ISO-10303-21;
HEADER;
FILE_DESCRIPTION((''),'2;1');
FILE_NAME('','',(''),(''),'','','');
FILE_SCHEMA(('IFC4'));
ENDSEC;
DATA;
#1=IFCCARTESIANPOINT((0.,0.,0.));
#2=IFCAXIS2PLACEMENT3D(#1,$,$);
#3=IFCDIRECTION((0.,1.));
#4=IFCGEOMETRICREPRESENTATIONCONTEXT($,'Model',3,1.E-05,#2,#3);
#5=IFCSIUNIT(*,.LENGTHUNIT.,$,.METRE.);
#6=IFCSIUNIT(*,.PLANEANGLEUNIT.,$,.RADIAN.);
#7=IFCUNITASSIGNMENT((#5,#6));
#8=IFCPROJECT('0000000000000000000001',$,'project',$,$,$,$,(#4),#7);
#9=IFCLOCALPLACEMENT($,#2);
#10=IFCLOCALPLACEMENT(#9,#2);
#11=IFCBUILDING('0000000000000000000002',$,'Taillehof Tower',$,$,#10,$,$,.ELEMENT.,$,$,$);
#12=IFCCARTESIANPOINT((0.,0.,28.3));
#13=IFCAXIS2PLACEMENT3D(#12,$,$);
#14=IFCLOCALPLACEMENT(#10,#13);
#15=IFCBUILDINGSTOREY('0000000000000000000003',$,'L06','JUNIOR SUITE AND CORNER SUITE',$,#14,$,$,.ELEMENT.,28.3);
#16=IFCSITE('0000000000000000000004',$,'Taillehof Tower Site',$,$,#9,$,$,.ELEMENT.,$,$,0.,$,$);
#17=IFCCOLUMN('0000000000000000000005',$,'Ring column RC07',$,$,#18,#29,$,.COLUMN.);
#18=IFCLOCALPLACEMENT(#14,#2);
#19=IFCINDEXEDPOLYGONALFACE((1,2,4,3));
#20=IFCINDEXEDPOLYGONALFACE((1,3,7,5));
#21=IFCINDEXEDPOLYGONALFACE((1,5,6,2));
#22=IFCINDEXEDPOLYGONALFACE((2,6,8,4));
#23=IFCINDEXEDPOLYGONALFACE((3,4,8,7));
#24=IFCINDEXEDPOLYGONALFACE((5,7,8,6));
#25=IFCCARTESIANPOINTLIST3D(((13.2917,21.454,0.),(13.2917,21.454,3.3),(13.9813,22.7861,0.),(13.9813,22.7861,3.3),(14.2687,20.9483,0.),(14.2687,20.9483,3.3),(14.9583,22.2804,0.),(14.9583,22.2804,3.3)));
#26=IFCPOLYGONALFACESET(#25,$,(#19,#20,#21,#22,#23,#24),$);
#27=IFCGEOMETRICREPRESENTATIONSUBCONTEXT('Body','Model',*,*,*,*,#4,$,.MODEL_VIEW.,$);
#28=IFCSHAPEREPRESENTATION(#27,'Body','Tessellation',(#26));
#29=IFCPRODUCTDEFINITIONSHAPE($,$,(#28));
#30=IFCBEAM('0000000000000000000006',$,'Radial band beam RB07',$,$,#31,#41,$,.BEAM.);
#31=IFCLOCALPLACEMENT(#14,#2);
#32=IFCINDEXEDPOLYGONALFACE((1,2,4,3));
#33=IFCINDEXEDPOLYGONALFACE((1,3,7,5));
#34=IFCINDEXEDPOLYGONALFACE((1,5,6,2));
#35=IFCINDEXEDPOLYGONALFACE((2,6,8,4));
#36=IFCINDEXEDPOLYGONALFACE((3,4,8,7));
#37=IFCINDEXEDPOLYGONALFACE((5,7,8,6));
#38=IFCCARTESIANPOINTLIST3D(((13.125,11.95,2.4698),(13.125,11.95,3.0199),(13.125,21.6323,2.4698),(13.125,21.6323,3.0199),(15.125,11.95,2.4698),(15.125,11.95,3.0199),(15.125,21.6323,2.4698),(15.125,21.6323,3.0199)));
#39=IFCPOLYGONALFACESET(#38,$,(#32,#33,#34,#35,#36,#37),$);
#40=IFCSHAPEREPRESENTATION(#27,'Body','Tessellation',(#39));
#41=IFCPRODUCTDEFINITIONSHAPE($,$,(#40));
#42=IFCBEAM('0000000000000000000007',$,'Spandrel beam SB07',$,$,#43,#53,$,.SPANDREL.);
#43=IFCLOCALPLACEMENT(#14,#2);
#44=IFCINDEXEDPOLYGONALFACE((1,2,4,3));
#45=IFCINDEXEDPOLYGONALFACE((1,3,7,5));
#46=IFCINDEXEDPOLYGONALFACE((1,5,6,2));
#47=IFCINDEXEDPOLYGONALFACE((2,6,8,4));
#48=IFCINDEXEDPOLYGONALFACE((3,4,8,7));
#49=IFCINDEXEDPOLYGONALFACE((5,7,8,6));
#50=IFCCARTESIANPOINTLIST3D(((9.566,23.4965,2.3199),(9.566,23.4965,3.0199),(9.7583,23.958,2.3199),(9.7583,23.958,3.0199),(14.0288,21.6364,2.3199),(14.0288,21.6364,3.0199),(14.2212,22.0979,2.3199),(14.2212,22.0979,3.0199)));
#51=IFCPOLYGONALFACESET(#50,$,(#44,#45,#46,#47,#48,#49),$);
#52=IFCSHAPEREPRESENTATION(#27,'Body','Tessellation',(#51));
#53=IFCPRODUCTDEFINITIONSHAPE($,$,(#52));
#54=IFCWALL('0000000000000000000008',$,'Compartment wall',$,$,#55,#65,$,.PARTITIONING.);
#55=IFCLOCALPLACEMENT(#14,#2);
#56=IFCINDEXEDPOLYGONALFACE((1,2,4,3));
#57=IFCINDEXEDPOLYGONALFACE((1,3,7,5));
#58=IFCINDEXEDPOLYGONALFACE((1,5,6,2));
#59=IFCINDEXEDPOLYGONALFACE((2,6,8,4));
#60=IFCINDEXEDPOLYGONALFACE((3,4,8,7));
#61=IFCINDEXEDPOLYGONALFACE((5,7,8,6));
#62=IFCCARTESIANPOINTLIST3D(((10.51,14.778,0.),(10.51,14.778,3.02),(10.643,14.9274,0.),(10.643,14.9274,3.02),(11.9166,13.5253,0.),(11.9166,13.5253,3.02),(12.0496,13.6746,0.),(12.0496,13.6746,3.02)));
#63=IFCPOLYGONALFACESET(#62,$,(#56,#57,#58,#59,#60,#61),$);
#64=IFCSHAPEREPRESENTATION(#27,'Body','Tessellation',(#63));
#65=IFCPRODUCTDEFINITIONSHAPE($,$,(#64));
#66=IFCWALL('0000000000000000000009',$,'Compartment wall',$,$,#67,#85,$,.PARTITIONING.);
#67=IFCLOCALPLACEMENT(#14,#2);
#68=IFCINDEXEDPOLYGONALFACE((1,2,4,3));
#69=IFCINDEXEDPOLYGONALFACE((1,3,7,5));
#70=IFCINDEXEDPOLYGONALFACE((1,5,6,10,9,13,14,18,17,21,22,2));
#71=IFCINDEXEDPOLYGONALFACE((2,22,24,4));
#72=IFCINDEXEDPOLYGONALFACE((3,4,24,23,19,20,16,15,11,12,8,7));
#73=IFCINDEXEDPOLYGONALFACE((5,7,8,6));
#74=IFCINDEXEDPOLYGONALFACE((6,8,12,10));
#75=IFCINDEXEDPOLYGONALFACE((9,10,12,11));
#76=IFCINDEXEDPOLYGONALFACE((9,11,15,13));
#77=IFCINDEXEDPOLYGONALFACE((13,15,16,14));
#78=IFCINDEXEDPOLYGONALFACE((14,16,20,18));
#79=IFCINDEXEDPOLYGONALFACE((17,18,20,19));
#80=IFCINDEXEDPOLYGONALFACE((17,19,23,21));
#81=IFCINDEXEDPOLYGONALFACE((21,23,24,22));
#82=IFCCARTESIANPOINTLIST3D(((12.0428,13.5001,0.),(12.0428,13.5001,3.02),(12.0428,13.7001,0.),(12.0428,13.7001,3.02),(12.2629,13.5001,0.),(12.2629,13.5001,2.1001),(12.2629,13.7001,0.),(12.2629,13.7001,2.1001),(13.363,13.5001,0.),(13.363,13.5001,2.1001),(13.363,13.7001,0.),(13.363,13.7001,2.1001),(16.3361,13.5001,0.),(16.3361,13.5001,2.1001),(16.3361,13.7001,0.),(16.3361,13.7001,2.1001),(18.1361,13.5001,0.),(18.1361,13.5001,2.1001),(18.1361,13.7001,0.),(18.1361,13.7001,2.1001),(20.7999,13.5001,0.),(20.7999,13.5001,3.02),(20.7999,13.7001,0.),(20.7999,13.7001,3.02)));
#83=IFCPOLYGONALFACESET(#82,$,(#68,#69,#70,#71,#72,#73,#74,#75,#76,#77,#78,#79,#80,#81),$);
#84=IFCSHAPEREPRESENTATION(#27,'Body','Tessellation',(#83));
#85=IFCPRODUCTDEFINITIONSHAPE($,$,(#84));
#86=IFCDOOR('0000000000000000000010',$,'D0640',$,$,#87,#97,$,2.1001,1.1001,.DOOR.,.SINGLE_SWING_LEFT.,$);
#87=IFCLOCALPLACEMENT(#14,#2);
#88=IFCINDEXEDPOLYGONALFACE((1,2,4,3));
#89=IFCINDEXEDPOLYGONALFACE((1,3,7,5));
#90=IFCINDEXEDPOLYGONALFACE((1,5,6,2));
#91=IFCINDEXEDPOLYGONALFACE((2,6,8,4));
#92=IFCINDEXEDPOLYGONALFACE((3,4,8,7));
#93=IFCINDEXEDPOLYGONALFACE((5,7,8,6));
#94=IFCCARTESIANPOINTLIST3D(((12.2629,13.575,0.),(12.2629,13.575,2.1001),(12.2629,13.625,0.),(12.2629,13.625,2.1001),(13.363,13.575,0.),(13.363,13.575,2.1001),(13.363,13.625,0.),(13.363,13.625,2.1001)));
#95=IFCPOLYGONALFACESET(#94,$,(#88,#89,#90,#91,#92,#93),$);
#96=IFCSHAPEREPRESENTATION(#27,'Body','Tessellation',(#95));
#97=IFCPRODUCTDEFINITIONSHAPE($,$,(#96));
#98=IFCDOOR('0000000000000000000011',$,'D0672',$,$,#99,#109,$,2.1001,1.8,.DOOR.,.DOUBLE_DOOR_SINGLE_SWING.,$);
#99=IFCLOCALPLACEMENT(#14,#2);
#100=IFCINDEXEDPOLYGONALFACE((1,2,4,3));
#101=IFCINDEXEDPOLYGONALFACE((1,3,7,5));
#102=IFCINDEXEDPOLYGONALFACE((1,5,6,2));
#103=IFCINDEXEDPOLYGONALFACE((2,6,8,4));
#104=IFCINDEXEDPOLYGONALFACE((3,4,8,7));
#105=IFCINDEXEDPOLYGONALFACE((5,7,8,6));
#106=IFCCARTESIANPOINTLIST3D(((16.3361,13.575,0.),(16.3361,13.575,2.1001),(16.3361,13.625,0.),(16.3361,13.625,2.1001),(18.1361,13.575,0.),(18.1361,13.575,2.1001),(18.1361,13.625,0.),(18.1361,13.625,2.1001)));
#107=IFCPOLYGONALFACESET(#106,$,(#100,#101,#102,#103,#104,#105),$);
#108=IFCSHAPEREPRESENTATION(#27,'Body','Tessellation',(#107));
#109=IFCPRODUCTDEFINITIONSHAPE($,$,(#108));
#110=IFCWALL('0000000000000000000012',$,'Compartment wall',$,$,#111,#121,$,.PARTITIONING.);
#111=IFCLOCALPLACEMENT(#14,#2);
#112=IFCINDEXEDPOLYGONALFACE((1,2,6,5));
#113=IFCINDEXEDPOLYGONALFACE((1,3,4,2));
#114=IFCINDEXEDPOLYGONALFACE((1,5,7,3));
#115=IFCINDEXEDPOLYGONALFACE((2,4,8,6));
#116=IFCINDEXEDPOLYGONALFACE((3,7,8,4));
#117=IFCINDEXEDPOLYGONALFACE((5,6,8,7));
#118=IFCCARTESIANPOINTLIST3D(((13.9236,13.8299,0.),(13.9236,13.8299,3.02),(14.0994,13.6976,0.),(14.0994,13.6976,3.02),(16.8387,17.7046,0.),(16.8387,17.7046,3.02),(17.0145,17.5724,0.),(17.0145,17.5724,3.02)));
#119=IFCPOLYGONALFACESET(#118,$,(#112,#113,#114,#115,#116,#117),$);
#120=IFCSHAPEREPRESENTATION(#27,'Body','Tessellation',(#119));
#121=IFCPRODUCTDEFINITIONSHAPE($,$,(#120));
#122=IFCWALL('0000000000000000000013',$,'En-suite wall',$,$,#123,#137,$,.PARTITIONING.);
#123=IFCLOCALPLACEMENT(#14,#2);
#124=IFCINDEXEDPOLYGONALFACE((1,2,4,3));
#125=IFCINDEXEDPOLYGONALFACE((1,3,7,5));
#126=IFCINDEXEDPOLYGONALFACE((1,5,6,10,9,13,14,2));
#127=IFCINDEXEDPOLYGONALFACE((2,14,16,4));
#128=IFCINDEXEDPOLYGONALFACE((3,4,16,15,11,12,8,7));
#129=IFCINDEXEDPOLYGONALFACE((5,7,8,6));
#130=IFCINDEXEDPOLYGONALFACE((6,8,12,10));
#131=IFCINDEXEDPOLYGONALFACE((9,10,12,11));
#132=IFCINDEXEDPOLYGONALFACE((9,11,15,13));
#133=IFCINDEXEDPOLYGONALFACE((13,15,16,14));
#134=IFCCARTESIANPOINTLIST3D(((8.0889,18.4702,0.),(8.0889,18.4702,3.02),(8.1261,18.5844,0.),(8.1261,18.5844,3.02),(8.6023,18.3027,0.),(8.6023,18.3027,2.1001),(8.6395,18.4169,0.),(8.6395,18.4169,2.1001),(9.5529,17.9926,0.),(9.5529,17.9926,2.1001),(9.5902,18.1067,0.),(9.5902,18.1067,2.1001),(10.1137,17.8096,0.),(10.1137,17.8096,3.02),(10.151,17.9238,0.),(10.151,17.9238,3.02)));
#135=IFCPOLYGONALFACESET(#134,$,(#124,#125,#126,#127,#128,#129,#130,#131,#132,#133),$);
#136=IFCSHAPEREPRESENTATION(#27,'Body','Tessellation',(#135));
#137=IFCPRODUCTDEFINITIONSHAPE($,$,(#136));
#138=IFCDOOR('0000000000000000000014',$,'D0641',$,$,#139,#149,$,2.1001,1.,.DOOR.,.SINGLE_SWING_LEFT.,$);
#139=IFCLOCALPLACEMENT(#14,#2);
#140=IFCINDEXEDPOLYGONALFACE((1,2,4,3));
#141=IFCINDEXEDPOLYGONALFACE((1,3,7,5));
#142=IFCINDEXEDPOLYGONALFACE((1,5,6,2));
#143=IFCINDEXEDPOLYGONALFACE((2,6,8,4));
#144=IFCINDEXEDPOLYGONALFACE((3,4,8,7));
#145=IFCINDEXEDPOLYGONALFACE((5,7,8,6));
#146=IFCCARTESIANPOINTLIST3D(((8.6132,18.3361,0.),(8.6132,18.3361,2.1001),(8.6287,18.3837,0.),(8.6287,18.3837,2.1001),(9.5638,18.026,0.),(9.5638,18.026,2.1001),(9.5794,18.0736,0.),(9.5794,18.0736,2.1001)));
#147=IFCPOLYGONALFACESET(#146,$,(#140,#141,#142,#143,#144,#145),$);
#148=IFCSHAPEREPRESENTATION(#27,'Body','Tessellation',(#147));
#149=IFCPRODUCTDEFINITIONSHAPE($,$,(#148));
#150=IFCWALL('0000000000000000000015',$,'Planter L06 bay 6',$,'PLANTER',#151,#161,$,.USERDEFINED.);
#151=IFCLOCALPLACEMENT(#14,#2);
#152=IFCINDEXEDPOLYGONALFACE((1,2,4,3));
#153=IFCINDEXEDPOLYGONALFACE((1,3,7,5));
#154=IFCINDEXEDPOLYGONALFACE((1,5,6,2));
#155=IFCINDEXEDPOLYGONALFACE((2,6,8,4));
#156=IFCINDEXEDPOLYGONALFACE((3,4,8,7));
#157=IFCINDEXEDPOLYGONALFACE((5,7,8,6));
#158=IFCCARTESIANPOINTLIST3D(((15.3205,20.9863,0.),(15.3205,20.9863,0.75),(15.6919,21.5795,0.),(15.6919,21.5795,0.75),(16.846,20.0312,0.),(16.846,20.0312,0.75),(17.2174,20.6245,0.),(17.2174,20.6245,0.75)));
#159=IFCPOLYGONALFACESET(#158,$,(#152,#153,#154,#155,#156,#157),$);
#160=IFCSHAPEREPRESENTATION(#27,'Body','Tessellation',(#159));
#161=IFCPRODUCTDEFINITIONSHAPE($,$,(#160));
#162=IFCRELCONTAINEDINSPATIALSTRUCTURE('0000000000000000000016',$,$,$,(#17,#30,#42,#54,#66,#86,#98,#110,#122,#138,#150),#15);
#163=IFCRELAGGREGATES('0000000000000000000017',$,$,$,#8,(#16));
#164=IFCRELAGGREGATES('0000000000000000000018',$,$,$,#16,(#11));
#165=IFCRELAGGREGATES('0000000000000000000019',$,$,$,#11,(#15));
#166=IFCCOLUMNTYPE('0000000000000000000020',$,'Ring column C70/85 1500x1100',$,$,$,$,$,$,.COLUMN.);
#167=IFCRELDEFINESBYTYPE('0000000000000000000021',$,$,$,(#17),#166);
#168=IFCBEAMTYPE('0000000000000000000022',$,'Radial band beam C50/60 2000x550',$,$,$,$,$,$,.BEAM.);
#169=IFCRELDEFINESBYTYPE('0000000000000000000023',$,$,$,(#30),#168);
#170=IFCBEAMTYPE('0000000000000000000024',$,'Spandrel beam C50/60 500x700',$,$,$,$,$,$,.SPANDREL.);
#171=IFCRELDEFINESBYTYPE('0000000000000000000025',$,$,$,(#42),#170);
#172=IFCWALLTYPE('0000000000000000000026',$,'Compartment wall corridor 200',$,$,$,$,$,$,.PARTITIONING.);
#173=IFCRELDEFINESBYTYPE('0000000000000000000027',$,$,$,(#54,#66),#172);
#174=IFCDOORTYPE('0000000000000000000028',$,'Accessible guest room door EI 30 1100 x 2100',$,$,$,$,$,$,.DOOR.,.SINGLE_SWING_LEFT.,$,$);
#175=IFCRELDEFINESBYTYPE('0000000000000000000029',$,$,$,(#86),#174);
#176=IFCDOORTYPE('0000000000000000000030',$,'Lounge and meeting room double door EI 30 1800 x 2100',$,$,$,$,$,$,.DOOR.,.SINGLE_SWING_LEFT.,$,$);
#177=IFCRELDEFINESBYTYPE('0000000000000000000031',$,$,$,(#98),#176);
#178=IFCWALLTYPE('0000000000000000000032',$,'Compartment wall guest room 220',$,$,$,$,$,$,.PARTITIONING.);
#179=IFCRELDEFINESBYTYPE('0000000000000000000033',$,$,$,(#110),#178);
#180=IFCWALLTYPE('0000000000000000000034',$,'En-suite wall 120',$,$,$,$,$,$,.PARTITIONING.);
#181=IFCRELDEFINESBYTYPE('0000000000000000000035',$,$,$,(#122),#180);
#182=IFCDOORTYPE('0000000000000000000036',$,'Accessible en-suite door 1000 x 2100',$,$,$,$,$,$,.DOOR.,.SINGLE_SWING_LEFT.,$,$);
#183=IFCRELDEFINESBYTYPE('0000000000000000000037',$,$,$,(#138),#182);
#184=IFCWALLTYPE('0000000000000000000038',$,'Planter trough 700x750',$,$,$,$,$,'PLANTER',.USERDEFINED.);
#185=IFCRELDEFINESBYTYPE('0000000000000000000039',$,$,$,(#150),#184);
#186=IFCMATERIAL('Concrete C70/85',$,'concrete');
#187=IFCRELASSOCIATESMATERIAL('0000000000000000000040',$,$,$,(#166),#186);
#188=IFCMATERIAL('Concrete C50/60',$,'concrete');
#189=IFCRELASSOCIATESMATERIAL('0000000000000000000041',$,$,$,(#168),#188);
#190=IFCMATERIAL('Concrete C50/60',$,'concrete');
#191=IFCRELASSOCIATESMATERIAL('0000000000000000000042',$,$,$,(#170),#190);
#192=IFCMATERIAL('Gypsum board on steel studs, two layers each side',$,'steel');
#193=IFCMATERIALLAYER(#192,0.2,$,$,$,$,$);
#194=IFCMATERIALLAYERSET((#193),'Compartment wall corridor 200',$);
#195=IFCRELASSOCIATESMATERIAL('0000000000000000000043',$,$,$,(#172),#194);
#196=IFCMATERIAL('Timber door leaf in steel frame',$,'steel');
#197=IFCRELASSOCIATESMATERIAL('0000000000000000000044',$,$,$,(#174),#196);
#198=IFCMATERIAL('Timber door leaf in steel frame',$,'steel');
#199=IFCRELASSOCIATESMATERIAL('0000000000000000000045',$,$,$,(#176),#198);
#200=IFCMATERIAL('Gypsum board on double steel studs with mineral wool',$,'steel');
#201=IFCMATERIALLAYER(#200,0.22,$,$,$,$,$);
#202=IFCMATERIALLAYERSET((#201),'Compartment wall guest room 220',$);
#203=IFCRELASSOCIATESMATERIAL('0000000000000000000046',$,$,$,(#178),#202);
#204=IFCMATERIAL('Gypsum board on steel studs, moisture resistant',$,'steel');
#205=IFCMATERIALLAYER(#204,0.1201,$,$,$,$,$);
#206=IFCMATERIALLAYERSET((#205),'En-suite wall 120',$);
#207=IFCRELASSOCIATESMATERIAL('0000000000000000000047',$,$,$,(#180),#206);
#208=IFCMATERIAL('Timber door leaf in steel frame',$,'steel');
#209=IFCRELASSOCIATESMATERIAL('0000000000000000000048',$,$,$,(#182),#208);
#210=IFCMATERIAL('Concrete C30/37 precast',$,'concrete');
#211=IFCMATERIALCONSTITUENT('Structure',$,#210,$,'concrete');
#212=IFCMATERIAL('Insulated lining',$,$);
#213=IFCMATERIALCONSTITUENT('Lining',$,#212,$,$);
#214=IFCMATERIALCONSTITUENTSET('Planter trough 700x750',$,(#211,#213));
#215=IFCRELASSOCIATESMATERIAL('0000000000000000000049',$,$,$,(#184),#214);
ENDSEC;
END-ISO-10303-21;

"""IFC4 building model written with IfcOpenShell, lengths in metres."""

from ifc_helpers import new_model, si_unit, direction, frame, frame_2d, origin, origin_2d, place, context, subcontext, project, spatial, rectangle, extrude, material, layer, layer_set, constituent, constituent_set, material_profile, profile_set, type_object, element, fill, save


model = new_model("IFC4")

# Units and contexts
model_context = context("Model", 3, precision=1e-05, world=origin(), true_north=direction((0.0, 1.0)))
body_context = subcontext(model_context, "Body", "Model", "MODEL_VIEW")
ifc_project = project(units=[si_unit("LENGTHUNIT", "METRE"), si_unit("PLANEANGLEUNIT", "RADIAN")], contexts=[model_context])

# Site, building, storey
site_placement = place(None, origin())
site = spatial("IfcSite", under=ifc_project, at=site_placement, Name="Taillehof Tower Site", CompositionType="ELEMENT", RefElevation=0.0)
building_placement = place(site_placement, origin())
building = spatial("IfcBuilding", under=site, at=building_placement, Name="Taillehof Tower", CompositionType="ELEMENT")
storey_placement = place(building_placement, frame((0.0, 0.0, 28.3)))
storey = spatial("IfcBuildingStorey", under=building, at=storey_placement, Name="L06", Description="JUNIOR SUITE AND CORNER SUITE", CompositionType="ELEMENT", Elevation=28.3)

# Column
ifc_material_1 = material(Name="Concrete C70/85", Category="concrete")
ifc_material_profile_1 = material_profile(ifc_material_1, rectangle(XDim=1.5, YDim=1.1001, at=origin_2d()), Name="RC 1500x1100")
ifc_profile_set_1 = profile_set([ifc_material_profile_1], Name="Concrete C70/85")
column_type = type_object("IfcColumnType", Name="Ring column C70/85 1500x1100", PredefinedType="COLUMN", material=ifc_profile_set_1)
column_placement = place(storey_placement, frame((14.125, 21.8672, 0.0), z_axis=(0.0, 0.0, 1.0), x_axis=(0.459691, 0.888079, 0.0)))
element("IfcColumn", 1, at=column_placement, inside=storey, type_object=column_type, Name="Ring column RC07", PredefinedType="COLUMN", context=body_context, shape_type="SweptSolid", body=[
    extrude(rectangle(XDim=1.5, YDim=1.1001, at=origin_2d()), origin(), (0.0, 0.0, 1.0), 3.3),
])

# Beams
ifc_material_2 = material(Name="Concrete C50/60", Category="concrete")
ifc_material_profile_2 = material_profile(ifc_material_2, rectangle(XDim=2.0, YDim=0.55, at=origin_2d()), Name="RC 2000x550")
ifc_profile_set_2 = profile_set([ifc_material_profile_2], Name="Concrete C50/60")
beam_type_1 = type_object("IfcBeamType", Name="Radial band beam C50/60 2000x550", PredefinedType="BEAM", material=ifc_profile_set_2)
beam_1_placement = place(storey_placement, frame((14.125, 21.6323, 2.7449), z_axis=(0.0, -1.0, 0.0), x_axis=(1.0, 0.0, 0.0)))
element("IfcBeam", 2, at=beam_1_placement, inside=storey, type_object=beam_type_1, Name="Radial band beam RB07", PredefinedType="BEAM", context=body_context, shape_type="SweptSolid", body=[
    extrude(rectangle(XDim=2.0, YDim=0.55, at=origin_2d()), origin(), (0.0, 0.0, 1.0), 9.6824),
])
ifc_material_3 = material(Name="Concrete C50/60", Category="concrete")
ifc_material_profile_3 = material_profile(ifc_material_3, rectangle(XDim=0.5, YDim=0.7, at=origin_2d()), Name="RC 500x700")
ifc_profile_set_3 = profile_set([ifc_material_profile_3], Name="Concrete C50/60")
beam_type_2 = type_object("IfcBeamType", Name="Spandrel beam C50/60 500x700", PredefinedType="SPANDREL", material=ifc_profile_set_3)
beam_2_placement = place(storey_placement, frame((14.125, 21.8672, 2.6699), z_axis=(-0.923035, 0.384716, 0.0), x_axis=(-0.384716, -0.923035, 0.0)))
element("IfcBeam", 3, at=beam_2_placement, inside=storey, type_object=beam_type_2, Name="Spandrel beam SB07", PredefinedType="SPANDREL", context=body_context, shape_type="SweptSolid", body=[
    extrude(rectangle(XDim=0.5, YDim=0.7, at=origin_2d()), origin(), (0.0, 0.0, 1.0), 4.835),
])

# Wall
ifc_material_4 = material(Name="Gypsum board on steel studs, two layers each side", Category="steel")
ifc_layer_1 = layer(ifc_material_4, 0.2)
ifc_layer_set_1 = layer_set([ifc_layer_1], Name="Compartment wall corridor 200")
wall_type_1 = type_object("IfcWallType", Name="Compartment wall corridor 200", PredefinedType="PARTITIONING", material=ifc_layer_set_1)
wall_1_placement = place(storey_placement, frame((10.5764, 14.8528, 0.0), z_axis=(0.0, 0.0, 1.0), x_axis=(0.746758, -0.665096, 0.0)))
element("IfcWall", 4, at=wall_1_placement, inside=storey, type_object=wall_type_1, Name="Compartment wall", PredefinedType="PARTITIONING", context=body_context, shape_type="SweptSolid", body=[
    extrude(rectangle(XDim=1.8835, YDim=0.2, at=frame_2d((0.9419, 0.0))), origin(), (0.0, 0.0, 1.0), 3.02),
])

# Wall, openings, doors
wall_2_placement = place(storey_placement, frame((12.043, 13.6001, 0.0), z_axis=(0.0, 0.0, 1.0), x_axis=(1.0, 0.0, 0.0)))
wall_2 = element("IfcWall", 5, at=wall_2_placement, inside=storey, type_object=wall_type_1, Name="Compartment wall", PredefinedType="PARTITIONING", context=body_context, shape_type="SweptSolid", body=[
    extrude(rectangle(XDim=8.7571, YDim=0.2, at=frame_2d((4.3784, 0.0))), origin(), (0.0, 0.0, 1.0), 3.02),
])
opening_1_placement = place(wall_2_placement, frame((0.22, 0.0, 0.0)))
opening_1 = element("IfcOpeningElement", 6, at=opening_1_placement, cuts=wall_2, PredefinedType="OPENING", context=body_context, shape_type="SweptSolid", body=[
    extrude(rectangle(XDim=1.1001, YDim=2.1001, at=frame_2d((0.55, 1.05))), frame((0.0, 0.1099, 0.0), z_axis=(0.0, -1.0, 0.0), x_axis=(1.0, 0.0, 0.0)), (0.0, 0.0, 1.0), 0.22),
])
opening_2_placement = place(wall_2_placement, frame((4.2932, 0.0, 0.0)))
opening_2 = element("IfcOpeningElement", 7, at=opening_2_placement, cuts=wall_2, PredefinedType="OPENING", context=body_context, shape_type="SweptSolid", body=[
    extrude(rectangle(XDim=1.8, YDim=2.1001, at=frame_2d((0.8999, 1.05))), frame((0.0, 0.1099, 0.0), z_axis=(0.0, -1.0, 0.0), x_axis=(1.0, 0.0, 0.0)), (0.0, 0.0, 1.0), 0.22),
])
ifc_material_5 = material(Name="Timber door leaf in steel frame", Category="steel")
door_type_1 = type_object("IfcDoorType", Name="Accessible guest room door EI 30 1100 x 2100", OperationType="SINGLE_SWING_LEFT", PredefinedType="DOOR", material=ifc_material_5)
door_1_placement = place(opening_1_placement, origin())
door_1 = element("IfcDoor", 8, at=door_1_placement, inside=storey, type_object=door_type_1, Name="D0640", OperationType="SINGLE_SWING_LEFT", OverallHeight=2.1001, OverallWidth=1.1001, PredefinedType="DOOR", context=body_context, shape_type="SweptSolid", body=[
    extrude(rectangle(XDim=1.1001, YDim=2.1001, at=frame_2d((0.55, 1.05))), frame((0.0, 0.0249, 0.0), z_axis=(0.0, -1.0, 0.0), x_axis=(1.0, 0.0, 0.0)), (0.0, 0.0, 1.0), 0.05),
])
fill(opening_1, door_1)
ifc_material_6 = material(Name="Timber door leaf in steel frame", Category="steel")
door_type_2 = type_object("IfcDoorType", Name="Lounge and meeting room double door EI 30 1800 x 2100", OperationType="SINGLE_SWING_LEFT", PredefinedType="DOOR", material=ifc_material_6)
door_2_placement = place(opening_2_placement, origin())
door_2 = element("IfcDoor", 9, at=door_2_placement, inside=storey, type_object=door_type_2, Name="D0672", OperationType="DOUBLE_DOOR_SINGLE_SWING", OverallHeight=2.1001, OverallWidth=1.8, PredefinedType="DOOR", context=body_context, shape_type="SweptSolid", body=[
    extrude(rectangle(XDim=1.8, YDim=2.1001, at=frame_2d((0.8999, 1.05))), frame((0.0, 0.0249, 0.0), z_axis=(0.0, -1.0, 0.0), x_axis=(1.0, 0.0, 0.0)), (0.0, 0.0, 1.0), 0.05),
])
fill(opening_2, door_2)

# Wall
ifc_material_7 = material(Name="Gypsum board on double steel studs with mineral wool", Category="steel")
ifc_layer_2 = layer(ifc_material_7, 0.22)
ifc_layer_set_2 = layer_set([ifc_layer_2], Name="Compartment wall guest room 220")
wall_type_2 = type_object("IfcWallType", Name="Compartment wall guest room 220", PredefinedType="PARTITIONING", material=ifc_layer_set_2)
wall_3_placement = place(storey_placement, frame((16.9265, 17.6384, 0.0), z_axis=(0.0, 0.0, 1.0), x_axis=(-0.601184, -0.799111, 0.0)))
element("IfcWall", 10, at=wall_3_placement, inside=storey, type_object=wall_type_2, Name="Compartment wall", PredefinedType="PARTITIONING", context=body_context, shape_type="SweptSolid", body=[
    extrude(rectangle(XDim=4.8489, YDim=0.22, at=frame_2d((2.4243, 0.0))), origin(), (0.0, 0.0, 1.0), 3.02),
])

# Wall, opening, door
ifc_material_8 = material(Name="Gypsum board on steel studs, moisture resistant", Category="steel")
ifc_layer_3 = layer(ifc_material_8, 0.1201)
ifc_layer_set_3 = layer_set([ifc_layer_3], Name="En-suite wall 120")
wall_type_3 = type_object("IfcWallType", Name="En-suite wall 120", PredefinedType="PARTITIONING", material=ifc_layer_set_3)
wall_4_placement = place(storey_placement, frame((10.1323, 17.8667, 0.0), z_axis=(0.0, 0.0, 1.0), x_axis=(-0.950681, 0.310169, 0.0)))
wall_4 = element("IfcWall", 11, at=wall_4_placement, inside=storey, type_object=wall_type_3, Name="En-suite wall", PredefinedType="PARTITIONING", context=body_context, shape_type="SweptSolid", body=[
    extrude(rectangle(XDim=2.1299, YDim=0.1201, at=frame_2d((1.0649, 0.0))), origin(), (0.0, 0.0, 1.0), 3.02),
])
opening_3_placement = place(wall_4_placement, frame((0.5898, 0.0, 0.0)))
opening_3 = element("IfcOpeningElement", 12, at=opening_3_placement, cuts=wall_4, PredefinedType="OPENING", context=body_context, shape_type="SweptSolid", body=[
    extrude(rectangle(XDim=1.0, YDim=2.1001, at=frame_2d((0.5, 1.05))), frame((0.0, 0.0701, 0.0), z_axis=(0.0, -1.0, 0.0), x_axis=(1.0, 0.0, 0.0)), (0.0, 0.0, 1.0), 0.1401),
])
ifc_material_9 = material(Name="Timber door leaf in steel frame", Category="steel")
door_type_3 = type_object("IfcDoorType", Name="Accessible en-suite door 1000 x 2100", OperationType="SINGLE_SWING_LEFT", PredefinedType="DOOR", material=ifc_material_9)
door_3_placement = place(opening_3_placement, origin())
door_3 = element("IfcDoor", 13, at=door_3_placement, inside=storey, type_object=door_type_3, Name="D0641", OperationType="SINGLE_SWING_LEFT", OverallHeight=2.1001, OverallWidth=1.0, PredefinedType="DOOR", context=body_context, shape_type="SweptSolid", body=[
    extrude(rectangle(XDim=1.0, YDim=2.1001, at=frame_2d((0.5, 1.05))), frame((0.0, 0.0249, 0.0), z_axis=(0.0, -1.0, 0.0), x_axis=(1.0, 0.0, 0.0)), (0.0, 0.0, 1.0), 0.05),
])
fill(opening_3, door_3)

# Wall
ifc_material_10 = material(Name="Concrete C30/37 precast", Category="concrete")
ifc_constituent_1 = constituent(ifc_material_10, Name="Structure", Category="concrete")
ifc_material_11 = material(Name="Insulated lining")
ifc_constituent_2 = constituent(ifc_material_11, Name="Lining")
ifc_constituent_set = constituent_set(constituents=[ifc_constituent_1, ifc_constituent_2], Name="Planter trough 700x750")
wall_type_4 = type_object("IfcWallType", Name="Planter trough 700x750", ElementType="PLANTER", PredefinedType="USERDEFINED", material=ifc_constituent_set)
wall_5_placement = place(storey_placement, frame((17.0317, 20.3279, 0.0), z_axis=(0.0, 0.0, 1.0), x_axis=(-0.847609, 0.530621, 0.0)))
element("IfcWall", 14, at=wall_5_placement, inside=storey, type_object=wall_type_4, Name="Planter L06 bay 6", ObjectType="PLANTER", PredefinedType="USERDEFINED", context=body_context, shape_type="SweptSolid", body=[
    extrude(rectangle(XDim=1.7998, YDim=0.7, at=frame_2d((0.8999, 0.0))), origin(), (0.0, 0.0, 1.0), 0.75),
])

save(model, "model.ifc")
